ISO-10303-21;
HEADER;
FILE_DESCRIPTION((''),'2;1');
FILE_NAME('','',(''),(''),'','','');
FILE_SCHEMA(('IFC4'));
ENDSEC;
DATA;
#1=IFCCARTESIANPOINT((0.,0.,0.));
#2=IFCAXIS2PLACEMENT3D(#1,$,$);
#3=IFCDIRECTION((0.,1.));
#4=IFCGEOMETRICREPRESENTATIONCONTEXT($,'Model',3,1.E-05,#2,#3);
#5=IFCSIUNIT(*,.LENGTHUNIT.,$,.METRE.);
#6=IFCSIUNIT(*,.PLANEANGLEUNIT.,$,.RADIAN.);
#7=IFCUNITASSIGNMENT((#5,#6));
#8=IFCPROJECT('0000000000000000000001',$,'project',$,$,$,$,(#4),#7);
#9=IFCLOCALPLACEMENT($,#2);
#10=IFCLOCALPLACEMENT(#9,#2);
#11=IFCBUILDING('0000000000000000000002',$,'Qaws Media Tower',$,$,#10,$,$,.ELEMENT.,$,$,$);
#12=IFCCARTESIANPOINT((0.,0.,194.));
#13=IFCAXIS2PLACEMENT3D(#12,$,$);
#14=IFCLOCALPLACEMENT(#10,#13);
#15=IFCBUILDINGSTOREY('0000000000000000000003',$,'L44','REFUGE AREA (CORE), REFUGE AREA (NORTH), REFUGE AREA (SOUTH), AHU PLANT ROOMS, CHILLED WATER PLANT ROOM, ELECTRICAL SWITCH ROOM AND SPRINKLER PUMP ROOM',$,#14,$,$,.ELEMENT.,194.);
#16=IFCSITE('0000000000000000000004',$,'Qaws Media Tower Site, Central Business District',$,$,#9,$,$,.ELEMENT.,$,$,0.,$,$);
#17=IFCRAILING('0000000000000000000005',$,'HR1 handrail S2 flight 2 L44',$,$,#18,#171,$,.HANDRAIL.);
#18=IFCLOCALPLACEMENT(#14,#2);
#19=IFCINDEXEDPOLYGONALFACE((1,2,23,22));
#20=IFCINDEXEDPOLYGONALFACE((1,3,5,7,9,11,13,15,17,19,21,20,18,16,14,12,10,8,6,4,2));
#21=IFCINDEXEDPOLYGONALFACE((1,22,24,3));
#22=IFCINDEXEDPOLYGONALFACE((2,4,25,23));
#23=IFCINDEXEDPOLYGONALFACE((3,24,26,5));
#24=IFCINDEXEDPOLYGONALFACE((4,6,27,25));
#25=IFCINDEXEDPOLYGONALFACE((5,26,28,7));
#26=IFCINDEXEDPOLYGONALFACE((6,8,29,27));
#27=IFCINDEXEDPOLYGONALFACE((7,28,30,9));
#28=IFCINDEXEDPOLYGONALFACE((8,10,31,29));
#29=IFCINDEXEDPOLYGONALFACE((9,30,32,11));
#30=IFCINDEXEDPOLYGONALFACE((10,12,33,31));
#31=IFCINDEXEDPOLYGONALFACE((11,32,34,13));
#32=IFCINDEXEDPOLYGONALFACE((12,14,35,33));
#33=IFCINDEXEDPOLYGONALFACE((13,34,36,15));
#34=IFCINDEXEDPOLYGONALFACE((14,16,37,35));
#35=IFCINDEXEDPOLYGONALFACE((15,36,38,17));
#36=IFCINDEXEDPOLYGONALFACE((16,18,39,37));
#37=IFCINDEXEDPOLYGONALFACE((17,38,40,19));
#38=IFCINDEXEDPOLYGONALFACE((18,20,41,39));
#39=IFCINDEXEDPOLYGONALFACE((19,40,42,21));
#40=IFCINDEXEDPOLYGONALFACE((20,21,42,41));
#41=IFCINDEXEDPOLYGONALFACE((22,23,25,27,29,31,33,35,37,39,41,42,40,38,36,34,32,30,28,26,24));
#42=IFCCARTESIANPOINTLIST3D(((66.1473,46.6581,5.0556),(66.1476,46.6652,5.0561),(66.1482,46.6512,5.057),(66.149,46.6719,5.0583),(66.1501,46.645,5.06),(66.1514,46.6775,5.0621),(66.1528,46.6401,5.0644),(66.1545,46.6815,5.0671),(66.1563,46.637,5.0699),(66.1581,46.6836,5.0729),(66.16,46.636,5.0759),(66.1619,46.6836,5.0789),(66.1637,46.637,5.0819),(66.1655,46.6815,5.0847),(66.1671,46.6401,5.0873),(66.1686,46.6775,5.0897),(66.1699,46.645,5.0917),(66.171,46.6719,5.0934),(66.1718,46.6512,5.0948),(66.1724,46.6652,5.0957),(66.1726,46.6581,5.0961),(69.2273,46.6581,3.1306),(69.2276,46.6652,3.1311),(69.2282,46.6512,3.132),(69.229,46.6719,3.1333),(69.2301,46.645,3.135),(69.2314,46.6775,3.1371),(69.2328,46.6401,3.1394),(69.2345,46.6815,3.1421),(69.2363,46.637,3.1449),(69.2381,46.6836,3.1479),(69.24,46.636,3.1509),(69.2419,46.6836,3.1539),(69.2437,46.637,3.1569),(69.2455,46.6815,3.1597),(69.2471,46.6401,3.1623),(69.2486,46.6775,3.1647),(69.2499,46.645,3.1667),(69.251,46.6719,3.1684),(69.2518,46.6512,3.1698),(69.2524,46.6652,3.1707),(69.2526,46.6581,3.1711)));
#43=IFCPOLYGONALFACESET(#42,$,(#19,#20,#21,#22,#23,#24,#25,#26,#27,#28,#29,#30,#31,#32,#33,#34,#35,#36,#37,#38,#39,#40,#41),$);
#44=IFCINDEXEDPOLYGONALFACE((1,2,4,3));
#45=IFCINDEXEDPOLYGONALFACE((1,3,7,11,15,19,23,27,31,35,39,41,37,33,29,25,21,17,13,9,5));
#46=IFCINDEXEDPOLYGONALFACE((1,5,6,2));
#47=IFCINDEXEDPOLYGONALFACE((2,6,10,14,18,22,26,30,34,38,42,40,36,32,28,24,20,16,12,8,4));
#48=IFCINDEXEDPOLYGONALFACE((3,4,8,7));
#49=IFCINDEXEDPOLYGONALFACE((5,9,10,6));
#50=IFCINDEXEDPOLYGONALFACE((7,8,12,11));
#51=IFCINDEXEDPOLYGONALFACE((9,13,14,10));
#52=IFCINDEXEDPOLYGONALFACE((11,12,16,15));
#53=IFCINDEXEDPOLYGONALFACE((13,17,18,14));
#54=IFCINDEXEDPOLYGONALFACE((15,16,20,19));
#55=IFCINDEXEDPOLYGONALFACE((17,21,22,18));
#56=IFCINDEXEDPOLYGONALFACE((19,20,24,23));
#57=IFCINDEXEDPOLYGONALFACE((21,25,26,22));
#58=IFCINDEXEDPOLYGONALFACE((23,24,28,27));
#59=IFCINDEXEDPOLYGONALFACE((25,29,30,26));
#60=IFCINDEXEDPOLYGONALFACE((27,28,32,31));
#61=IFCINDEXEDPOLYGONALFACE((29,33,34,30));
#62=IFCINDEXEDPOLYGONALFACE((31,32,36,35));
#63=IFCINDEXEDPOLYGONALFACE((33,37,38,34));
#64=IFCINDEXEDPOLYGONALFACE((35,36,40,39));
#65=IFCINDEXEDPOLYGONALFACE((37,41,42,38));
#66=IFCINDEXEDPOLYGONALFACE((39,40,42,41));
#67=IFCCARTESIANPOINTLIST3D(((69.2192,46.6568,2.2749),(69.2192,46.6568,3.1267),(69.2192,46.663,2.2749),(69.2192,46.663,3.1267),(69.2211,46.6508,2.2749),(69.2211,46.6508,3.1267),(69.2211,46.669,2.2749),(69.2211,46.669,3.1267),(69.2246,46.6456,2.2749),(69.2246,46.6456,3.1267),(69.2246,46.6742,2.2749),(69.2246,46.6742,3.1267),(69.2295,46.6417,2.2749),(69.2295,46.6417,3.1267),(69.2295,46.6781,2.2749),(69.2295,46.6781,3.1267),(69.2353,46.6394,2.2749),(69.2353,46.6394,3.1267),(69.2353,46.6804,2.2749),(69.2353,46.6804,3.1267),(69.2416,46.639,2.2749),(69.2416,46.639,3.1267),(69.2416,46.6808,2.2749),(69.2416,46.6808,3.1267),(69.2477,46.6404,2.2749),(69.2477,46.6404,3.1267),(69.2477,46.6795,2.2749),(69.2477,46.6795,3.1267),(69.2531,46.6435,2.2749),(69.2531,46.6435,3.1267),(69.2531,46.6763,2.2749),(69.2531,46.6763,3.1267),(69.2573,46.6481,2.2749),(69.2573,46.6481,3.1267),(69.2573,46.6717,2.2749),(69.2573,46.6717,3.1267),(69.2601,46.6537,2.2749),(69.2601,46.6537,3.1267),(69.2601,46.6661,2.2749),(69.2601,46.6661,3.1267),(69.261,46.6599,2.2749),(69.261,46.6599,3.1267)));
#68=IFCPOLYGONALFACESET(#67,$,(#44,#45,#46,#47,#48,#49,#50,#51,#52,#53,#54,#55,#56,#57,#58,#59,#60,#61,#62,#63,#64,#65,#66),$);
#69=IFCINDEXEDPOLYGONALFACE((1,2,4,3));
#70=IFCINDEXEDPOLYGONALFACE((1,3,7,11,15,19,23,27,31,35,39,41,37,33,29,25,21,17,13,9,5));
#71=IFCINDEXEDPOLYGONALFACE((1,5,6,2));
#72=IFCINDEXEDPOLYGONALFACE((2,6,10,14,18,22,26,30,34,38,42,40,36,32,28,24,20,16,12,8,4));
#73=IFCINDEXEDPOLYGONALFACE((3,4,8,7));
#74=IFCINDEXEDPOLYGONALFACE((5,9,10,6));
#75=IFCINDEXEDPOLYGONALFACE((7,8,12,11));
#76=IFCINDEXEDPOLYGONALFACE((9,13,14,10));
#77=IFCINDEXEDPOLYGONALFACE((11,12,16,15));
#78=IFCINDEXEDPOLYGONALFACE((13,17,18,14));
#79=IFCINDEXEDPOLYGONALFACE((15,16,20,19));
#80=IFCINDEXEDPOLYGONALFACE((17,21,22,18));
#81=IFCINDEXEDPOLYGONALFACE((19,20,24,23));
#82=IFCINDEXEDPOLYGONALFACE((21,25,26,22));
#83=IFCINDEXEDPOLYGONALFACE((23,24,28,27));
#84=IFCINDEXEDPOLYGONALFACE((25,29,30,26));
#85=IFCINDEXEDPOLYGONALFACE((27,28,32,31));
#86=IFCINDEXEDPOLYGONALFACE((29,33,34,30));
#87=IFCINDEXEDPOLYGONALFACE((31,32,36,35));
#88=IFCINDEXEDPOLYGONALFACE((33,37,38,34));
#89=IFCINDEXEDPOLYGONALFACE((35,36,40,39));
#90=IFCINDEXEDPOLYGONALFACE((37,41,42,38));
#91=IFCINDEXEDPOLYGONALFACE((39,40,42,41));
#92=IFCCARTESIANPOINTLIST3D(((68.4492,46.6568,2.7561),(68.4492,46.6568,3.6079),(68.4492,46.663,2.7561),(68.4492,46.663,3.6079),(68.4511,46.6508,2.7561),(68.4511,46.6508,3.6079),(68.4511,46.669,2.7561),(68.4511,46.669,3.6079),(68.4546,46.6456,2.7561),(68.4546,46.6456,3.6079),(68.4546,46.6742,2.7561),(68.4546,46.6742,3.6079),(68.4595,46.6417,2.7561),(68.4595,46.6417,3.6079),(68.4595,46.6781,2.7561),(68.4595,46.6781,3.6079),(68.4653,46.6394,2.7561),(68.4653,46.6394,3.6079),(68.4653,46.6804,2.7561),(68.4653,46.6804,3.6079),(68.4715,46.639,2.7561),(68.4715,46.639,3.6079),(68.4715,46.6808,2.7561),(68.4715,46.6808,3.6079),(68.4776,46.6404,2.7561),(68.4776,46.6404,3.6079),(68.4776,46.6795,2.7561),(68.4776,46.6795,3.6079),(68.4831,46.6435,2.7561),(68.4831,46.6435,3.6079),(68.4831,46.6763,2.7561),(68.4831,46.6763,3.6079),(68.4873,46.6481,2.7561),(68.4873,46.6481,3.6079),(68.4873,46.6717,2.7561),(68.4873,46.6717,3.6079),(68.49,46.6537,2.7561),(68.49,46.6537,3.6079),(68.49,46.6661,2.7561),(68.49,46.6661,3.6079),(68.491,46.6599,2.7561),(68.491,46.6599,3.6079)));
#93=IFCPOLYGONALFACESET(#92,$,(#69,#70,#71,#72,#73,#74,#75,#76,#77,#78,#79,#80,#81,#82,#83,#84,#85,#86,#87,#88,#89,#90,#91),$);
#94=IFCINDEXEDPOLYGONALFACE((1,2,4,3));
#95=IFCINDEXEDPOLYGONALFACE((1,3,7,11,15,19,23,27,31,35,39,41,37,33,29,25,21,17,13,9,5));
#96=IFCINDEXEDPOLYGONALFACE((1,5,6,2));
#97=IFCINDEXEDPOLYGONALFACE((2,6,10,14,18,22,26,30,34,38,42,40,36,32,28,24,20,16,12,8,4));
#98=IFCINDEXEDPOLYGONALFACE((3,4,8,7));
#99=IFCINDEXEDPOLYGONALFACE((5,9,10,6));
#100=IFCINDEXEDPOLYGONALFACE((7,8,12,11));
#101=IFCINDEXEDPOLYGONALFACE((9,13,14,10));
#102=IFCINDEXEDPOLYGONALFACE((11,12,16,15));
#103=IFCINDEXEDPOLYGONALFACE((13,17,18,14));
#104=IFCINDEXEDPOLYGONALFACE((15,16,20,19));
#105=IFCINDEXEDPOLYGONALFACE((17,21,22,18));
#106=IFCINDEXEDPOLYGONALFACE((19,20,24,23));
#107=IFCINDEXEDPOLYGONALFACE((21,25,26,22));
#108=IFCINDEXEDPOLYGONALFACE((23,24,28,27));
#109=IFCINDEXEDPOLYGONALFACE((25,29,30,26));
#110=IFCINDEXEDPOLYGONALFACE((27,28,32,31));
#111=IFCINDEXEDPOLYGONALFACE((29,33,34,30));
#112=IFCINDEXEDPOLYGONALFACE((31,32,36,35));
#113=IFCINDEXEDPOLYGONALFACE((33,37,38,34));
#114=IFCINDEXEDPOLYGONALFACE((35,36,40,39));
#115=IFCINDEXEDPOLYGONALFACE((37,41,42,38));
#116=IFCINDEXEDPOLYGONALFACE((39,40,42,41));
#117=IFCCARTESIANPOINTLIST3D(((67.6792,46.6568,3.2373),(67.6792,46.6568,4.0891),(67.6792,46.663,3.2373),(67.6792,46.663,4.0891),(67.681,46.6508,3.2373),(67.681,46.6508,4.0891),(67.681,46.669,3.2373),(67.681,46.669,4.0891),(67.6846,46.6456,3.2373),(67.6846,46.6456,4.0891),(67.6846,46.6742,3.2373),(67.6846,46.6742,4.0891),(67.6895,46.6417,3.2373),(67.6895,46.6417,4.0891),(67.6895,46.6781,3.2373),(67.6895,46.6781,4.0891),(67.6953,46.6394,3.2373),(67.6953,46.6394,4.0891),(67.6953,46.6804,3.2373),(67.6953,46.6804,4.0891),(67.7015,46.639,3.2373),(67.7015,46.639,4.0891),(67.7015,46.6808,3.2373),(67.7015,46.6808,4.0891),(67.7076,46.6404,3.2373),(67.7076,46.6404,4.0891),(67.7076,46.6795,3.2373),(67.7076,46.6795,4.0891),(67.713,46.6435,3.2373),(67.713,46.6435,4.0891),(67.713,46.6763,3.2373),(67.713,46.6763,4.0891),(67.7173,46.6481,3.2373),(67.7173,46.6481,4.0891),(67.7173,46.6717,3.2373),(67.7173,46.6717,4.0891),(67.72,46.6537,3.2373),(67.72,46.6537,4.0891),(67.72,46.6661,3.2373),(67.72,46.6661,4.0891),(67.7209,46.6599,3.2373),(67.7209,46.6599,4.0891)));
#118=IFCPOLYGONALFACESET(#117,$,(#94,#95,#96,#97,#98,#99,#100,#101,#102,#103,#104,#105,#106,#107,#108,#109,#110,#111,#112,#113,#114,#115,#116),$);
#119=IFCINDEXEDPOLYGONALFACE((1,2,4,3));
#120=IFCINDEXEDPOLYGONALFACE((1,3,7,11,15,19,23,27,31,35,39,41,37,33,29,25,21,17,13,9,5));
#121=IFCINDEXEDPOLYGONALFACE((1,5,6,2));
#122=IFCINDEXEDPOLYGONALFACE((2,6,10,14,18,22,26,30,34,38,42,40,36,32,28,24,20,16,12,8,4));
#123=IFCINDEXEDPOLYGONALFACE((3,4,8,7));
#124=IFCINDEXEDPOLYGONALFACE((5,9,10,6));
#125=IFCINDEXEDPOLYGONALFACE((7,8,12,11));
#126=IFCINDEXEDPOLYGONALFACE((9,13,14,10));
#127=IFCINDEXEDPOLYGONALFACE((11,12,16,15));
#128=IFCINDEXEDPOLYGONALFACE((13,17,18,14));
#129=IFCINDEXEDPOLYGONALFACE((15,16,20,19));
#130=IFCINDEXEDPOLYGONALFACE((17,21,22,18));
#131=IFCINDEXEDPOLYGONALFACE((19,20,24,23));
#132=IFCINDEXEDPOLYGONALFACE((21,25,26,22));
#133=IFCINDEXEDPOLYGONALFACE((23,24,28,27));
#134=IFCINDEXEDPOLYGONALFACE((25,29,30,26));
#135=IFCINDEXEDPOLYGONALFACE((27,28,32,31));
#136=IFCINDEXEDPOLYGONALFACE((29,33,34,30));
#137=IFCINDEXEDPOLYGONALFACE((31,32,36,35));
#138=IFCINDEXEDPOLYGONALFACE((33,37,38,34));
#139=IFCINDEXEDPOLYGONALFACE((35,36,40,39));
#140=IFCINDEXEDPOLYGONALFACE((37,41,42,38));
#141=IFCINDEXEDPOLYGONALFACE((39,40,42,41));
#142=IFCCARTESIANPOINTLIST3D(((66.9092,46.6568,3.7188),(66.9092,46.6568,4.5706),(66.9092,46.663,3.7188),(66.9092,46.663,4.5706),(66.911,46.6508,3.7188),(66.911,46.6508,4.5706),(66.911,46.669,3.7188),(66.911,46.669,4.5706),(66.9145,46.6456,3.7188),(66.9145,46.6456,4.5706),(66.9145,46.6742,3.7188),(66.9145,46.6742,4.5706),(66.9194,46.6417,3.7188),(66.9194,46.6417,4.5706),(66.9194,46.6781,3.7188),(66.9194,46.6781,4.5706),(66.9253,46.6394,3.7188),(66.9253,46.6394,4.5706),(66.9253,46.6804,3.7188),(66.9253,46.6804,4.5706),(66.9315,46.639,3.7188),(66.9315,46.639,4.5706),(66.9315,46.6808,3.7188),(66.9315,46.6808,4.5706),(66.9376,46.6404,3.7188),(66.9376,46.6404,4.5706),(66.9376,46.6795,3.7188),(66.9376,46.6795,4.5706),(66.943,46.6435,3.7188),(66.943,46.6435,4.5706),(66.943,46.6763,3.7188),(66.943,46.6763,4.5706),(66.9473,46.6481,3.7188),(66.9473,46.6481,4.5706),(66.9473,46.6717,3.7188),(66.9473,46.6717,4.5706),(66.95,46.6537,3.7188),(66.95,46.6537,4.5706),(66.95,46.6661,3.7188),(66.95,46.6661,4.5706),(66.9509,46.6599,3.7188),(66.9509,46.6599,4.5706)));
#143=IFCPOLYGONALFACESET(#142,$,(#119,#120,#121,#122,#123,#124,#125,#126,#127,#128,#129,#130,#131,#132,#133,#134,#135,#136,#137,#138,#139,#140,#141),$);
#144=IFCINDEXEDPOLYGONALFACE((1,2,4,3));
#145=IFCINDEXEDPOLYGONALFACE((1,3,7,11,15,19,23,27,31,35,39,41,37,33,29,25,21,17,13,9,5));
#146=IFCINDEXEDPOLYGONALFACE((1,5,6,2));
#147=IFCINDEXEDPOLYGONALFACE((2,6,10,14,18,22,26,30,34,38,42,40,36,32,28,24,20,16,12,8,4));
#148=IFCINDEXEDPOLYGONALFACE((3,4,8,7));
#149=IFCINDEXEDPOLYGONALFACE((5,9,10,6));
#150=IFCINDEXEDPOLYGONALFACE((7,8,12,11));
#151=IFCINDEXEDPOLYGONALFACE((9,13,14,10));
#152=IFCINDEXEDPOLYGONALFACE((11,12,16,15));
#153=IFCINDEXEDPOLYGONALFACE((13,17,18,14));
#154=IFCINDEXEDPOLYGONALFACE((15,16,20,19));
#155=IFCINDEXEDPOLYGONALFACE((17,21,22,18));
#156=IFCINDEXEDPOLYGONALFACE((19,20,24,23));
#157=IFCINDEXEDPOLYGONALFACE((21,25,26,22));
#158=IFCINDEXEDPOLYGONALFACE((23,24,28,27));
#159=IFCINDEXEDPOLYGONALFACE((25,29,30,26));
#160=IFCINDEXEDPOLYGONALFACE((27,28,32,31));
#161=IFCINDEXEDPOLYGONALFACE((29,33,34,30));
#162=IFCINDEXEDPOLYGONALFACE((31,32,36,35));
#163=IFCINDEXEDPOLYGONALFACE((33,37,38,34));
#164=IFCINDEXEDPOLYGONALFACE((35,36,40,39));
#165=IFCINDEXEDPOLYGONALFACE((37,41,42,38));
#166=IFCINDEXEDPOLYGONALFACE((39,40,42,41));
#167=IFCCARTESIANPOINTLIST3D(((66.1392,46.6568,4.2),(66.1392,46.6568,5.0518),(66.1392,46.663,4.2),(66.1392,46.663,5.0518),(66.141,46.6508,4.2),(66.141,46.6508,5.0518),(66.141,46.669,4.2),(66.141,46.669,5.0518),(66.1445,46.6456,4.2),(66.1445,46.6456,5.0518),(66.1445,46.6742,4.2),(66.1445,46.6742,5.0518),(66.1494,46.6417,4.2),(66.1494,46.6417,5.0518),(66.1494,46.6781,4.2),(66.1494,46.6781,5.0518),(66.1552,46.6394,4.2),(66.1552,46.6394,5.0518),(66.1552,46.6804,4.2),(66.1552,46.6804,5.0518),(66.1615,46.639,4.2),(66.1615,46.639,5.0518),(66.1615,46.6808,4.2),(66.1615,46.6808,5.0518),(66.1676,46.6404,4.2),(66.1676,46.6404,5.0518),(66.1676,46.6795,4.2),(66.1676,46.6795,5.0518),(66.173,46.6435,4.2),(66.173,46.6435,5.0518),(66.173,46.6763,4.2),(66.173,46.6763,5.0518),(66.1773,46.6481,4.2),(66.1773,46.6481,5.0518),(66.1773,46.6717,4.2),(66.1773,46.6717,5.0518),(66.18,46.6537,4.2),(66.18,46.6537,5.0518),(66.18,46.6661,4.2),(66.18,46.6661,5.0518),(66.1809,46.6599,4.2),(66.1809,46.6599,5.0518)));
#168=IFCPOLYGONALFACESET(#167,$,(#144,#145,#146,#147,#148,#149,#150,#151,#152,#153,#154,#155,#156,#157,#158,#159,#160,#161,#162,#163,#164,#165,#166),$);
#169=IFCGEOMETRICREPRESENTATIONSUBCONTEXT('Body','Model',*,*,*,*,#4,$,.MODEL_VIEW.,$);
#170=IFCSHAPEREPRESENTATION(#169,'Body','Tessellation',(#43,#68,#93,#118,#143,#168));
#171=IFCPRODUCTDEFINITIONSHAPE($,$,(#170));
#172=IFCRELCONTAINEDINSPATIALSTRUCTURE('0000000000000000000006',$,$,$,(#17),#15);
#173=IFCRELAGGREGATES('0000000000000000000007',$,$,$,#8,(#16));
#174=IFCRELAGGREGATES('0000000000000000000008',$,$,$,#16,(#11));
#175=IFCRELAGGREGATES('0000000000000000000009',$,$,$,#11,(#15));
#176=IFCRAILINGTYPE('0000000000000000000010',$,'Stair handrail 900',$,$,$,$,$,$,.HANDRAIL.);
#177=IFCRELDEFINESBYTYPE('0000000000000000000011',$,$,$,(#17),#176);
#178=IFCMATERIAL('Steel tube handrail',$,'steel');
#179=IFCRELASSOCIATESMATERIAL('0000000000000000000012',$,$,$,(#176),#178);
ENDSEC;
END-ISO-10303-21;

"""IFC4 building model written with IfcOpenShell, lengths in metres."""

from ifc_helpers import new_model, si_unit, direction, frame, origin, origin_2d, place, context, subcontext, project, spatial, circle, extrude, material, type_object, element, save


model = new_model("IFC4")

# Units and contexts
model_context = context("Model", 3, precision=1e-05, world=origin(), true_north=direction((0.0, 1.0)))
body_context = subcontext(model_context, "Body", "Model", "MODEL_VIEW")
ifc_project = project(units=[si_unit("LENGTHUNIT", "METRE"), si_unit("PLANEANGLEUNIT", "RADIAN")], contexts=[model_context])

# Site, building, storey
site_placement = place(None, origin())
site = spatial("IfcSite", under=ifc_project, at=site_placement, Name="Qaws Media Tower Site, Central Business District", CompositionType="ELEMENT", RefElevation=0.0)
building_placement = place(site_placement, origin())
building = spatial("IfcBuilding", under=site, at=building_placement, Name="Qaws Media Tower", CompositionType="ELEMENT")
storey_placement = place(building_placement, frame((0.0, 0.0, 194.0)))
storey = spatial("IfcBuildingStorey", under=building, at=storey_placement, Name="L44", Description="REFUGE AREA (CORE), REFUGE AREA (NORTH), REFUGE AREA (SOUTH), AHU PLANT ROOMS, CHILLED WATER PLANT ROOM, ELECTRICAL SWITCH ROOM AND SPRINKLER PUMP ROOM", CompositionType="ELEMENT", Elevation=194.0)

# Railing
ifc_material_1 = material(Name="Steel tube handrail", Category="steel")
railing_type = type_object("IfcRailingType", Name="Stair handrail 900", PredefinedType="HANDRAIL", material=ifc_material_1)
for number, where, name in (
    (1, (69.24, 46.6599, 2.2749), "HR1 handrail S2 flight 2 L44"),
):
    element("IfcRailing", number, at=place(storey_placement, frame(where)), inside=storey, type_object=railing_type, Name=name, PredefinedType="HANDRAIL", context=body_context, shape_type="SweptSolid", body=[
        extrude(circle(Radius=0.0239, at=origin_2d()), frame((0.0, 0.0, 0.876), z_axis=(-0.847998, 0.0, 0.529999), x_axis=(0.0, -1.0, 0.0)), (0.0, 0.0, 1.0), 3.6321),
        extrude(circle(Radius=0.021, at=origin_2d()), origin(), (0.0, 0.0, 1.0), 0.8518),
        extrude(circle(Radius=0.021, at=origin_2d()), frame((-0.77, 0.0, 0.4812)), (0.0, 0.0, 1.0), 0.8518),
        extrude(circle(Radius=0.021, at=origin_2d()), frame((-1.54, 0.0, 0.9624)), (0.0, 0.0, 1.0), 0.8518),
        extrude(circle(Radius=0.021, at=origin_2d()), frame((-2.3101, 0.0, 1.4438)), (0.0, 0.0, 1.0), 0.8518),
        extrude(circle(Radius=0.021, at=origin_2d()), frame((-3.0801, 0.0, 1.925)), (0.0, 0.0, 1.0), 0.8518),
    ])

save(model, "model.ifc")
